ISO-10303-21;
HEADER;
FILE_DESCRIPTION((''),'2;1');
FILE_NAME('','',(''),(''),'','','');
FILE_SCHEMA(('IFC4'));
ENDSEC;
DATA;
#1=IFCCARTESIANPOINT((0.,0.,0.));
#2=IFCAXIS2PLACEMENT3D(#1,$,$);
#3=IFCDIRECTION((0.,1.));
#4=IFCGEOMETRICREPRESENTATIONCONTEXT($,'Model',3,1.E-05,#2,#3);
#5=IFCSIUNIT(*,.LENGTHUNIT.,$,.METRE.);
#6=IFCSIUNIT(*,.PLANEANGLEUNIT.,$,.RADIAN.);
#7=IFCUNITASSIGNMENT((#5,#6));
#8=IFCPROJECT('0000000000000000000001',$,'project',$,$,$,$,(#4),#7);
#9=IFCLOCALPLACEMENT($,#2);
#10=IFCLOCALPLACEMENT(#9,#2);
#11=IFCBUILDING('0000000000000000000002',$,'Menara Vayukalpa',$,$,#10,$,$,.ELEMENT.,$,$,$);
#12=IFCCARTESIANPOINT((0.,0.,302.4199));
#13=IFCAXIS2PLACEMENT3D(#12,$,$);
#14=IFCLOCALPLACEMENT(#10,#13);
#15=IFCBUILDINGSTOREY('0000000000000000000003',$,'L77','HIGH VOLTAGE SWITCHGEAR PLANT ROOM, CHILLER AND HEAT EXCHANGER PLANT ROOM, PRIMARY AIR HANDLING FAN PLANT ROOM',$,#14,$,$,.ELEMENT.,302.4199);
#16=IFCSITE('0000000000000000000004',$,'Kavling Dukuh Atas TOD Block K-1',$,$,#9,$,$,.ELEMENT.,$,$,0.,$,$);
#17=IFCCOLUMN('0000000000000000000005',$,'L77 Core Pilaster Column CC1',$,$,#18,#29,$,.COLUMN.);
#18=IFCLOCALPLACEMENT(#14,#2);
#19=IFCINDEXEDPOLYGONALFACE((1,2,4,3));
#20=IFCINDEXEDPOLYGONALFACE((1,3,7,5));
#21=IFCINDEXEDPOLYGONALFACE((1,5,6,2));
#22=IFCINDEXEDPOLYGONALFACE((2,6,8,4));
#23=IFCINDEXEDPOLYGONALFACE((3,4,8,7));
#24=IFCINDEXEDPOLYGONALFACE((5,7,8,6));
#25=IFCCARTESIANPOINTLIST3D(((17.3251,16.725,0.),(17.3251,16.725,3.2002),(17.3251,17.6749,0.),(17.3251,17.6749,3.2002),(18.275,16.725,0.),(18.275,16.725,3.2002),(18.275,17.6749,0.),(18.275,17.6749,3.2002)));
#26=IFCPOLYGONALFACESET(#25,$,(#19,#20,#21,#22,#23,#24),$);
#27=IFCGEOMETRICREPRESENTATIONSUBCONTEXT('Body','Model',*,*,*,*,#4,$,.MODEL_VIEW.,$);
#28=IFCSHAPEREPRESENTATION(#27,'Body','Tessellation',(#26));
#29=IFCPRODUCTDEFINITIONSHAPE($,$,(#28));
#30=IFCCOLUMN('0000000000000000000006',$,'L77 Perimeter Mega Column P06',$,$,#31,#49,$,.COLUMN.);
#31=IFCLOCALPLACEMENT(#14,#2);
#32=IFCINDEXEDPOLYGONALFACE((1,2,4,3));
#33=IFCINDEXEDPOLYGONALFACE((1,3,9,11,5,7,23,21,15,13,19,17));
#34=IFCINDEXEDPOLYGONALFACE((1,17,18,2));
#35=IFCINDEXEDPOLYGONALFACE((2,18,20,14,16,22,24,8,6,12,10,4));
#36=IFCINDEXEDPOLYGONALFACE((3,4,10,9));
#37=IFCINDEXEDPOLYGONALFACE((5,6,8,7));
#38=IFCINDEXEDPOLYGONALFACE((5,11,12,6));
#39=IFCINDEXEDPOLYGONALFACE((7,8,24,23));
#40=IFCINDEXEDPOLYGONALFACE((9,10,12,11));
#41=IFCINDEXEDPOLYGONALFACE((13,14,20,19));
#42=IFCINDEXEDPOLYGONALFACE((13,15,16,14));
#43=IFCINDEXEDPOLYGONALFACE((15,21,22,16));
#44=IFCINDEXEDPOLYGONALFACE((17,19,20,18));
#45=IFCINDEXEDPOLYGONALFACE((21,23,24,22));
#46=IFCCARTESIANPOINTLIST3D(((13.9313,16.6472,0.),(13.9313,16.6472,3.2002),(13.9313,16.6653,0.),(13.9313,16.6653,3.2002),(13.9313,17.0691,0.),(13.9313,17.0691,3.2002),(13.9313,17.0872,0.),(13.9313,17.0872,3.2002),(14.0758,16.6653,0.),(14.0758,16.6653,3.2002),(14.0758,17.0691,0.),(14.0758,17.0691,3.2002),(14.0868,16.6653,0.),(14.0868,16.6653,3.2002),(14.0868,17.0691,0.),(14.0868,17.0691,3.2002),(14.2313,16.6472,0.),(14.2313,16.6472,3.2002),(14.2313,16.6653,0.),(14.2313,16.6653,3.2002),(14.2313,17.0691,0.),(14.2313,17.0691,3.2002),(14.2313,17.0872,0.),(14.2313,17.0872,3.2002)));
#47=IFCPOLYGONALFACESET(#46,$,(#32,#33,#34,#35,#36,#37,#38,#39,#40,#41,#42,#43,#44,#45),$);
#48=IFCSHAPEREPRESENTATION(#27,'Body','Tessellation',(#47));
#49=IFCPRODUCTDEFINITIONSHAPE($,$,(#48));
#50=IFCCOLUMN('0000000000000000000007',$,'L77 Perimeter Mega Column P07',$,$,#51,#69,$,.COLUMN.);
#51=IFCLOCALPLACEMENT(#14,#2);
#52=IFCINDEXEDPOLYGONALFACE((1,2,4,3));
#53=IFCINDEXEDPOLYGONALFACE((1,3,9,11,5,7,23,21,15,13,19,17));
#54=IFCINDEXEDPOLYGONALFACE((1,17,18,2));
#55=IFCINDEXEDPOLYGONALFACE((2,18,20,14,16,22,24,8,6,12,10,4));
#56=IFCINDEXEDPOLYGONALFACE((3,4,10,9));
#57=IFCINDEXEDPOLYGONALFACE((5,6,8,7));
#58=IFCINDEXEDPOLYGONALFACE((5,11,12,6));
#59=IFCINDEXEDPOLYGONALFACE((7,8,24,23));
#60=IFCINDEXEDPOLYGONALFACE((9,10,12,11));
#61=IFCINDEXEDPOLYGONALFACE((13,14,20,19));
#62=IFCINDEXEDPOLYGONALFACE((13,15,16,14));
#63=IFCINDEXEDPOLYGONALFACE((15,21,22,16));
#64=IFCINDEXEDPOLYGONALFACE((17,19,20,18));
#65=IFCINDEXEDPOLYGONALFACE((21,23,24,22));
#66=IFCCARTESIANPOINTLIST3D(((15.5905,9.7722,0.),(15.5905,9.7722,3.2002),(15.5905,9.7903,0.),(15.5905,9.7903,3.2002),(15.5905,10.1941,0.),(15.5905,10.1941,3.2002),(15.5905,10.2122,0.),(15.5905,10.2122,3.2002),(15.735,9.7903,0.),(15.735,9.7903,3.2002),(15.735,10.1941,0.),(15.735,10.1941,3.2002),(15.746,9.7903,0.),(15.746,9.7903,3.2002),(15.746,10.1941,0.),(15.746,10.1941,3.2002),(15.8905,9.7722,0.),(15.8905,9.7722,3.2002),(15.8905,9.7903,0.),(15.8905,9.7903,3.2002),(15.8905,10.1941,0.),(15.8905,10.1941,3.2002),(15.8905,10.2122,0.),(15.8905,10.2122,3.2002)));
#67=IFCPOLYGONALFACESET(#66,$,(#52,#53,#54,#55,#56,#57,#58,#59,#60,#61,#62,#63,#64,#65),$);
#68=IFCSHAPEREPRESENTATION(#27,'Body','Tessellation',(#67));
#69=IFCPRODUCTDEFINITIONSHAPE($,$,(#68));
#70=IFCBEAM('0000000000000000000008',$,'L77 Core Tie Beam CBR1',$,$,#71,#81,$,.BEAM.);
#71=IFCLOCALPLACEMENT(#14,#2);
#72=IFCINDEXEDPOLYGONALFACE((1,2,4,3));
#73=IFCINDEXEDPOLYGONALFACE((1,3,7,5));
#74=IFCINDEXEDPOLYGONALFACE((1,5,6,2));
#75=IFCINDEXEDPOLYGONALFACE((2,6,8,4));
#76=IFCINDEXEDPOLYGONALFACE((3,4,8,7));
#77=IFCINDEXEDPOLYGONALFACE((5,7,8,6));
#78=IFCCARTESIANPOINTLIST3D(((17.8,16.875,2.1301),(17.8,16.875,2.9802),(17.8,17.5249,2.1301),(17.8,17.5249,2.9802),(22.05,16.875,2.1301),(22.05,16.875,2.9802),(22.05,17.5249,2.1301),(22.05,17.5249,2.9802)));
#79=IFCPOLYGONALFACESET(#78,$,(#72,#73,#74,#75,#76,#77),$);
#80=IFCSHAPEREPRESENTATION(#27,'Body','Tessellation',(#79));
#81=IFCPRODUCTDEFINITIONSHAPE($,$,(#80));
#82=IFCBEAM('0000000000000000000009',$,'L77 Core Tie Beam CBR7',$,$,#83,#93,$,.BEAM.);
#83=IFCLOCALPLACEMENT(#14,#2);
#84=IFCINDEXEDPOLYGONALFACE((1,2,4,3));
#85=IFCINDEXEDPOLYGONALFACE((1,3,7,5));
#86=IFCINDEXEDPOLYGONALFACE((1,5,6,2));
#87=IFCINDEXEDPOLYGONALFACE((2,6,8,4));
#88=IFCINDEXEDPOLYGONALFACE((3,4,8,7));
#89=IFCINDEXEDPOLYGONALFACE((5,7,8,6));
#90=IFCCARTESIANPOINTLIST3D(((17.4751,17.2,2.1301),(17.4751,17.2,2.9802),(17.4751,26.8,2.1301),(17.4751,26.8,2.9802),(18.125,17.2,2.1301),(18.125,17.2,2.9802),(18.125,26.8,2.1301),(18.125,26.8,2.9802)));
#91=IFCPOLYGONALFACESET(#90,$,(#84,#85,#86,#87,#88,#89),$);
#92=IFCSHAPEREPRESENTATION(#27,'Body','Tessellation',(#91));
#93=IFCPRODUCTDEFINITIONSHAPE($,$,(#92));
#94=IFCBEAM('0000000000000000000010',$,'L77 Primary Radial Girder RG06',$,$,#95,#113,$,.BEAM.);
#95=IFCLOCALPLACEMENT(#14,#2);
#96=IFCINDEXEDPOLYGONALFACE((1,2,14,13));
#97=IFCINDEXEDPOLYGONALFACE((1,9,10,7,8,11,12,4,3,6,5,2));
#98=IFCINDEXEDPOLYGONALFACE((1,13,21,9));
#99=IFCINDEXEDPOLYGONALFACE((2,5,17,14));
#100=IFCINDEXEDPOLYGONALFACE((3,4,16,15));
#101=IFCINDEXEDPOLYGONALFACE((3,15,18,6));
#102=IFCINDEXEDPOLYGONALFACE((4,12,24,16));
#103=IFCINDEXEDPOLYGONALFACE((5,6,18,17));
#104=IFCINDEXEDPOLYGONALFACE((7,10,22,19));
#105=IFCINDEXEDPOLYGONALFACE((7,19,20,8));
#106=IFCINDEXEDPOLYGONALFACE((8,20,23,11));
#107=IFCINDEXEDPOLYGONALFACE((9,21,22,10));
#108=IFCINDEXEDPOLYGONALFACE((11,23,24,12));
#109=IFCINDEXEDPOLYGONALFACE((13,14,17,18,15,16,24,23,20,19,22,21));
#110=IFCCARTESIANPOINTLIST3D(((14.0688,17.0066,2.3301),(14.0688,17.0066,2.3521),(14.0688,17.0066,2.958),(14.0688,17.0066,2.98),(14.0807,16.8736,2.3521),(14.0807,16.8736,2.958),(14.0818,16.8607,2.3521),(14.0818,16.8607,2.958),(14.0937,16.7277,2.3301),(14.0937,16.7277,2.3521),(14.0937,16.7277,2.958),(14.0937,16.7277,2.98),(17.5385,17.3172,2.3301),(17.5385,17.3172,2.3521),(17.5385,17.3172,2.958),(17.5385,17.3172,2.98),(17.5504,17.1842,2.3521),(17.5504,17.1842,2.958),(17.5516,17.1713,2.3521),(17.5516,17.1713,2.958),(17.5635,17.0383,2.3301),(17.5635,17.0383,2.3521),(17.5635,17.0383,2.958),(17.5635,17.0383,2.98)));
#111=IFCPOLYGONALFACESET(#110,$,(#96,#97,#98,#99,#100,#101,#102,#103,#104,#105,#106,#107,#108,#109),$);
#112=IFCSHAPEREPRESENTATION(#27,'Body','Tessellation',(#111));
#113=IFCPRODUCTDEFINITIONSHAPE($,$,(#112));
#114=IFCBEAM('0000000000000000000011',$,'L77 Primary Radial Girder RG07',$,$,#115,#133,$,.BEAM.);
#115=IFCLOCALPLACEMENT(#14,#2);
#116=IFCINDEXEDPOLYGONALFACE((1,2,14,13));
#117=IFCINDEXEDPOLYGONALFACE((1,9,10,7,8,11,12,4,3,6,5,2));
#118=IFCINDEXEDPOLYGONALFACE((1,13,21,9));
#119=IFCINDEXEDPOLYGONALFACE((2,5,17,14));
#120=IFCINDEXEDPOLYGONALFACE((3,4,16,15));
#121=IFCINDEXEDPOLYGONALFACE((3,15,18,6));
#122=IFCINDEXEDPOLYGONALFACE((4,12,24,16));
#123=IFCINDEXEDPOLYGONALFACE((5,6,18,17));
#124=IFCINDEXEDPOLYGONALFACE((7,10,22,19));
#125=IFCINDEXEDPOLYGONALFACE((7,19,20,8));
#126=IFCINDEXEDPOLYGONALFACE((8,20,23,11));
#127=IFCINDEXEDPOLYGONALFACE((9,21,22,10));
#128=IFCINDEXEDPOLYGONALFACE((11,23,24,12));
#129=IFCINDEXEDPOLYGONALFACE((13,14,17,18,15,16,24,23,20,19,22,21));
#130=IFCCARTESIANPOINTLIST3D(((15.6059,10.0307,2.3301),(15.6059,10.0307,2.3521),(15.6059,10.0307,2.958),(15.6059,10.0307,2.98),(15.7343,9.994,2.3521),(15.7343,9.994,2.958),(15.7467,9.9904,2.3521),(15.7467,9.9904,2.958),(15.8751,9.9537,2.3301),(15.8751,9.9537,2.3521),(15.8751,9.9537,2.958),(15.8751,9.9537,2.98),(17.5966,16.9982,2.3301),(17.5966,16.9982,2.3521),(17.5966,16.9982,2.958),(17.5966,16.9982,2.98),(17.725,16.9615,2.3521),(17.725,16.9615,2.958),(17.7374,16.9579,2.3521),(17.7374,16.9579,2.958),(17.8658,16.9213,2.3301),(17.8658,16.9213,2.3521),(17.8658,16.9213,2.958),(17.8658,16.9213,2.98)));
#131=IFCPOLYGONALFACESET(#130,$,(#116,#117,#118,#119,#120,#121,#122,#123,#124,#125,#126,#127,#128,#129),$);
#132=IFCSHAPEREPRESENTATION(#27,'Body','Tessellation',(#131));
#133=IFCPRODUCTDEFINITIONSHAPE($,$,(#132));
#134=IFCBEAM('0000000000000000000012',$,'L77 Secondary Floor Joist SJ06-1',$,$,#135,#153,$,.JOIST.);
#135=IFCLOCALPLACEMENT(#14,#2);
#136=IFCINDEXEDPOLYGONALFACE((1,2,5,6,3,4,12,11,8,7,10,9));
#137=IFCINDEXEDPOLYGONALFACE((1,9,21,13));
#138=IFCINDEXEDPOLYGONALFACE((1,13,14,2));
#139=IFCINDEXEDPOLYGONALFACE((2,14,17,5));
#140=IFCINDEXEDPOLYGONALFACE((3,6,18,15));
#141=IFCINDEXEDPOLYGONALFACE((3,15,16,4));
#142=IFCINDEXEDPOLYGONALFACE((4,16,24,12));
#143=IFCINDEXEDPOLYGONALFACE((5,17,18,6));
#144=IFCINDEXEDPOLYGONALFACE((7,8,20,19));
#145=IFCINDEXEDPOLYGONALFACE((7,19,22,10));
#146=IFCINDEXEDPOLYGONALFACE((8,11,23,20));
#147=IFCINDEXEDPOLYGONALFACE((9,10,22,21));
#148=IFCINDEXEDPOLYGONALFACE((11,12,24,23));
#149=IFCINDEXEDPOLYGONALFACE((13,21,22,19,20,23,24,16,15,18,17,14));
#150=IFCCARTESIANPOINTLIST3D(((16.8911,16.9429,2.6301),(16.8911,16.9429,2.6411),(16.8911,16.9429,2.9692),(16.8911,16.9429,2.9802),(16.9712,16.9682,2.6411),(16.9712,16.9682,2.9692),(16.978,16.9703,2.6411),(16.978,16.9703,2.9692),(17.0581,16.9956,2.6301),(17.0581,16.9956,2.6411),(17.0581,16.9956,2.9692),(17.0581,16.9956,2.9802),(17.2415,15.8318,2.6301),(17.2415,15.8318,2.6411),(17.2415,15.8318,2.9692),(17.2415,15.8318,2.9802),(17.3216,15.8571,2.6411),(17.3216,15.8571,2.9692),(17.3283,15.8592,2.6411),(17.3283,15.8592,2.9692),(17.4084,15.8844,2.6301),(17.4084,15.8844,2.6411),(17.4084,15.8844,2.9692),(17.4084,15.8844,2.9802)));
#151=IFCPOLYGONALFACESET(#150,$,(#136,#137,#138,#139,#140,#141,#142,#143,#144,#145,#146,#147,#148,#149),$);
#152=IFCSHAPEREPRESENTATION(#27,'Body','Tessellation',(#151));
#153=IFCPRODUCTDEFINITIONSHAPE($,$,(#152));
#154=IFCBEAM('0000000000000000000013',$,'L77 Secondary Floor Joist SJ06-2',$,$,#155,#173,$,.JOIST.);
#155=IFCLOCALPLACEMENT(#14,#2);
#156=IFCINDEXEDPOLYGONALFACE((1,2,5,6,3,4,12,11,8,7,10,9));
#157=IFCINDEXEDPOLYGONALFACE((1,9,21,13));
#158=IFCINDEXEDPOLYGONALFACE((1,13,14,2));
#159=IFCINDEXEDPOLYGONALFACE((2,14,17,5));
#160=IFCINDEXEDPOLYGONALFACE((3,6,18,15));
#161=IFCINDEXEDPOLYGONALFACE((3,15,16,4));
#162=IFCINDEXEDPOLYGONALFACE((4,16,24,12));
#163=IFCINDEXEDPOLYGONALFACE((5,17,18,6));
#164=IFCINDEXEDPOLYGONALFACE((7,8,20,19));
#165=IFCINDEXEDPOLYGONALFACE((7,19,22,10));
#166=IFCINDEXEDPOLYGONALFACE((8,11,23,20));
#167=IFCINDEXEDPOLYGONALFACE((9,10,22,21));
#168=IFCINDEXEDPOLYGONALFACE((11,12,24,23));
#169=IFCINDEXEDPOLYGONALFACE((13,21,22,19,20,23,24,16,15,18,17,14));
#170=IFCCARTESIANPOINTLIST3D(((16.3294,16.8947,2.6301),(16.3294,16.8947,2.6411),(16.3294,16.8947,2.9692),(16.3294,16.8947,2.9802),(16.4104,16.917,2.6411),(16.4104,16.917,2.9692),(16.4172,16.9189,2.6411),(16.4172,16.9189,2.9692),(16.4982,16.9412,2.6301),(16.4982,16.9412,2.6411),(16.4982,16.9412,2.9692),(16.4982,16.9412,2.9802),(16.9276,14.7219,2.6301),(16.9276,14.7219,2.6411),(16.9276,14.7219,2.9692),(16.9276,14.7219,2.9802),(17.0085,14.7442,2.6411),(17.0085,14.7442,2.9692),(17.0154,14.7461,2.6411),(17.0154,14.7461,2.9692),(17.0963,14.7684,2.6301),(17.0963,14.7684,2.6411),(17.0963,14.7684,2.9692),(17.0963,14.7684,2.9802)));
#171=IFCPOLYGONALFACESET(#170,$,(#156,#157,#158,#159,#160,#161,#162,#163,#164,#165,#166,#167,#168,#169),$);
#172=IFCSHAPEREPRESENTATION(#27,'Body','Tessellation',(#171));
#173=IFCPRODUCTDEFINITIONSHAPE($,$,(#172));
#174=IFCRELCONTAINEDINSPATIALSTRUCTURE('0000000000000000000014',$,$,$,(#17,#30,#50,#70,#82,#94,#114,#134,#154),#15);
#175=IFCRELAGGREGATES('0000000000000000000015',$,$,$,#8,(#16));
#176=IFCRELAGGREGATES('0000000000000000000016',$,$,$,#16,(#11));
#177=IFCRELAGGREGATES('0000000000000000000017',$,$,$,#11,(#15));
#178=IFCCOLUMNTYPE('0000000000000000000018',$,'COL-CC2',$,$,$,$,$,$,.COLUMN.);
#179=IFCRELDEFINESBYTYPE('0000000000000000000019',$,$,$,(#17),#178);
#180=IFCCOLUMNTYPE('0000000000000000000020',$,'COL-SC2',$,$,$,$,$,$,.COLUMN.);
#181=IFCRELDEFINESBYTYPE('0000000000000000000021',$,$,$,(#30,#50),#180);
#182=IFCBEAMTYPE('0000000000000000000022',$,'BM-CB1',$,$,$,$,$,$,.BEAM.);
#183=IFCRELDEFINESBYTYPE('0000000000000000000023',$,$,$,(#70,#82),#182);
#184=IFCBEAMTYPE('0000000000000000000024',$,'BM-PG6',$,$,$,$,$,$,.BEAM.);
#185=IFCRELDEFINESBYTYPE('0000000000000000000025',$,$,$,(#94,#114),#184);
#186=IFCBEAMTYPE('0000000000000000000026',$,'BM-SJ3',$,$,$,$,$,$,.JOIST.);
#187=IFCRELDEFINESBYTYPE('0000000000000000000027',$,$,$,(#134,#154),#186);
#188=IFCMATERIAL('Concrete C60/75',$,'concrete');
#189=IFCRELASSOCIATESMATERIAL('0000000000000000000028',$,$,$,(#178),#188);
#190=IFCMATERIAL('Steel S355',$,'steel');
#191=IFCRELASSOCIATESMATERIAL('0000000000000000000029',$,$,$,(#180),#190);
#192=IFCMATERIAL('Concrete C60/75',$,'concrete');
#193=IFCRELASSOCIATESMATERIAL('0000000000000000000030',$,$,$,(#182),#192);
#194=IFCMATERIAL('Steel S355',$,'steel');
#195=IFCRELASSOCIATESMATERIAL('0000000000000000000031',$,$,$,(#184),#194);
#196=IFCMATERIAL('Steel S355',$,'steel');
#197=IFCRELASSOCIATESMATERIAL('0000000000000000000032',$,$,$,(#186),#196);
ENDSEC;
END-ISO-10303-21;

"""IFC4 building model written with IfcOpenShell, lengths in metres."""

from ifc_helpers import new_model, si_unit, direction, frame, origin, origin_2d, place, context, subcontext, project, spatial, rectangle, i_section, extrude, material, material_profile, profile_set, type_object, element, save


model = new_model("IFC4")

# Units and contexts
model_context = context("Model", 3, precision=1e-05, world=origin(), true_north=direction((0.0, 1.0)))
body_context = subcontext(model_context, "Body", "Model", "MODEL_VIEW")
ifc_project = project(units=[si_unit("LENGTHUNIT", "METRE"), si_unit("PLANEANGLEUNIT", "RADIAN")], contexts=[model_context])

# Site, building, storey
site_placement = place(None, origin())
site = spatial("IfcSite", under=ifc_project, at=site_placement, Name="Kavling Dukuh Atas TOD Block K-1", CompositionType="ELEMENT", RefElevation=0.0)
building_placement = place(site_placement, origin())
building = spatial("IfcBuilding", under=site, at=building_placement, Name="Menara Vayukalpa", CompositionType="ELEMENT")
storey_placement = place(building_placement, frame((0.0, 0.0, 302.4199)))
storey = spatial("IfcBuildingStorey", under=building, at=storey_placement, Name="L77", Description="HIGH VOLTAGE SWITCHGEAR PLANT ROOM, CHILLER AND HEAT EXCHANGER PLANT ROOM, PRIMARY AIR HANDLING FAN PLANT ROOM", CompositionType="ELEMENT", Elevation=302.4199)

# Columns
ifc_material_1 = material(Name="Concrete C60/75", Category="concrete")
ifc_material_profile_1 = material_profile(ifc_material_1, rectangle(XDim=0.95, YDim=0.95, at=origin_2d()), Name="RC 950x950")
ifc_profile_set_1 = profile_set([ifc_material_profile_1], Name="Concrete C60/75")
column_type_1 = type_object("IfcColumnType", Name="COL-CC2", PredefinedType="COLUMN", material=ifc_profile_set_1)
column_placement = place(storey_placement, frame((17.8, 17.2, 0.0), z_axis=(0.0, 0.0, 1.0), x_axis=(1.0, 0.0, 0.0)))
element("IfcColumn", 1, at=column_placement, inside=storey, type_object=column_type_1, Name="L77 Core Pilaster Column CC1", PredefinedType="COLUMN", context=body_context, shape_type="SweptSolid", body=[
    extrude(rectangle(XDim=0.95, YDim=0.95, at=origin_2d()), origin(), (0.0, 0.0, 1.0), 3.2002),
])
ifc_material_2 = material(Name="Steel S355", Category="steel")
ifc_material_profile_2 = material_profile(ifc_material_2, i_section(OverallWidth=0.3, OverallDepth=0.4399, WebThickness=0.011, FlangeThickness=0.0181, at=origin_2d()), Name="H 440x300x11x18")
ifc_profile_set_2 = profile_set([ifc_material_profile_2], Name="Steel S355")
column_type_2 = type_object("IfcColumnType", Name="COL-SC2", PredefinedType="COLUMN", material=ifc_profile_set_2)
for number, where, z_axis, x_axis, name in (
    (2, (14.0813, 16.8672, 0.0), (0.0, 0.0, 1.0), (1.0, 0.0, 0.0), "L77 Perimeter Mega Column P06"),
    (3, (15.7405, 9.9922, 0.0), (0.0, 0.0, 1.0), (1.0, 0.0, 0.0), "L77 Perimeter Mega Column P07"),
):
    element("IfcColumn", number, at=place(storey_placement, frame(where, z_axis=z_axis, x_axis=x_axis)), inside=storey, type_object=column_type_2, Name=name, PredefinedType="COLUMN", context=body_context, shape_type="SweptSolid", body=[
        extrude(i_section(OverallWidth=0.3, OverallDepth=0.4399, WebThickness=0.011, FlangeThickness=0.0181, at=origin_2d()), origin(), (0.0, 0.0, 1.0), 3.2002),
    ])

# Beams
ifc_material_3 = material(Name="Concrete C60/75", Category="concrete")
ifc_material_profile_3 = material_profile(ifc_material_3, rectangle(XDim=0.6499, YDim=0.8501, at=origin_2d()), Name="RC 650x850")
ifc_profile_set_3 = profile_set([ifc_material_profile_3], Name="Concrete C60/75")
beam_type_1 = type_object("IfcBeamType", Name="BM-CB1", PredefinedType="BEAM", material=ifc_profile_set_3)
beam_1_placement = place(storey_placement, frame((17.8, 17.2, 2.5552), z_axis=(1.0, 0.0, 0.0), x_axis=(0.0, 1.0, 0.0)))
element("IfcBeam", 4, at=beam_1_placement, inside=storey, type_object=beam_type_1, Name="L77 Core Tie Beam CBR1", PredefinedType="BEAM", context=body_context, shape_type="SweptSolid", body=[
    extrude(rectangle(XDim=0.6499, YDim=0.8501, at=origin_2d()), origin(), (0.0, 0.0, 1.0), 4.25),
])
beam_2_placement = place(storey_placement, frame((17.8, 17.2, 2.5552), z_axis=(0.0, 1.0, 0.0), x_axis=(-1.0, 0.0, 0.0)))
element("IfcBeam", 5, at=beam_2_placement, inside=storey, type_object=beam_type_1, Name="L77 Core Tie Beam CBR7", PredefinedType="BEAM", context=body_context, shape_type="SweptSolid", body=[
    extrude(rectangle(XDim=0.6499, YDim=0.8501, at=origin_2d()), origin(), (0.0, 0.0, 1.0), 9.6001),
])
ifc_material_4 = material(Name="Steel S355", Category="steel")
ifc_material_profile_4 = material_profile(ifc_material_4, i_section(OverallWidth=0.28, OverallDepth=0.6499, WebThickness=0.0129, FlangeThickness=0.022, at=origin_2d()), Name="WF 650x280x13x22")
ifc_profile_set_4 = profile_set([ifc_material_profile_4], Name="Steel S355")
beam_type_2 = type_object("IfcBeamType", Name="BM-PG6", PredefinedType="BEAM", material=ifc_profile_set_4)
beam_3_placement = place(storey_placement, frame((17.551, 17.1777, 2.655), z_axis=(-0.996019, -0.089145, 0.0), x_axis=(0.089145, -0.996019, 0.0)))
element("IfcBeam", 6, at=beam_3_placement, inside=storey, type_object=beam_type_2, Name="L77 Primary Radial Girder RG06", PredefinedType="BEAM", context=body_context, shape_type="SweptSolid", body=[
    extrude(i_section(OverallWidth=0.28, OverallDepth=0.6499, WebThickness=0.0129, FlangeThickness=0.022, at=origin_2d()), origin(), (0.0, 0.0, 1.0), 3.4836),
])
beam_4_placement = place(storey_placement, frame((17.7312, 16.9597, 2.655), z_axis=(-0.274721, -0.961524, 0.0), x_axis=(0.961524, -0.274721, 0.0)))
element("IfcBeam", 7, at=beam_4_placement, inside=storey, type_object=beam_type_2, Name="L77 Primary Radial Girder RG07", PredefinedType="BEAM", context=body_context, shape_type="SweptSolid", body=[
    extrude(i_section(OverallWidth=0.28, OverallDepth=0.6499, WebThickness=0.0129, FlangeThickness=0.022, at=origin_2d()), origin(), (0.0, 0.0, 1.0), 7.2463),
])
ifc_material_5 = material(Name="Steel S355", Category="steel")
ifc_material_profile_5 = material_profile(ifc_material_5, i_section(OverallWidth=0.175, OverallDepth=0.3501, WebThickness=0.0071, FlangeThickness=0.011, at=origin_2d()), Name="WF 350x175x7x11")
ifc_profile_set_5 = profile_set([ifc_material_profile_5], Name="Steel S355")
beam_type_3 = type_object("IfcBeamType", Name="BM-SJ3", PredefinedType="JOIST", material=ifc_profile_set_5)
beam_5_placement = place(storey_placement, frame((16.9746, 16.9692, 2.8052), z_axis=(0.30072, -0.953712, 0.0), x_axis=(0.953712, 0.30072, 0.0)))
element("IfcBeam", 8, at=beam_5_placement, inside=storey, type_object=beam_type_3, Name="L77 Secondary Floor Joist SJ06-1", PredefinedType="JOIST", context=body_context, shape_type="SweptSolid", body=[
    extrude(i_section(OverallWidth=0.175, OverallDepth=0.3501, WebThickness=0.0071, FlangeThickness=0.011, at=origin_2d()), origin(), (0.0, 0.0, 1.0), 1.165),
])
beam_6_placement = place(storey_placement, frame((16.4138, 16.918, 2.8052), z_axis=(0.265408, -0.964136, 0.0), x_axis=(0.964136, 0.265408, 0.0)))
element("IfcBeam", 9, at=beam_6_placement, inside=storey, type_object=beam_type_3, Name="L77 Secondary Floor Joist SJ06-2", PredefinedType="JOIST", context=body_context, shape_type="SweptSolid", body=[
    extrude(i_section(OverallWidth=0.175, OverallDepth=0.3501, WebThickness=0.0071, FlangeThickness=0.011, at=origin_2d()), origin(), (0.0, 0.0, 1.0), 2.2537),
])

save(model, "model.ifc")
